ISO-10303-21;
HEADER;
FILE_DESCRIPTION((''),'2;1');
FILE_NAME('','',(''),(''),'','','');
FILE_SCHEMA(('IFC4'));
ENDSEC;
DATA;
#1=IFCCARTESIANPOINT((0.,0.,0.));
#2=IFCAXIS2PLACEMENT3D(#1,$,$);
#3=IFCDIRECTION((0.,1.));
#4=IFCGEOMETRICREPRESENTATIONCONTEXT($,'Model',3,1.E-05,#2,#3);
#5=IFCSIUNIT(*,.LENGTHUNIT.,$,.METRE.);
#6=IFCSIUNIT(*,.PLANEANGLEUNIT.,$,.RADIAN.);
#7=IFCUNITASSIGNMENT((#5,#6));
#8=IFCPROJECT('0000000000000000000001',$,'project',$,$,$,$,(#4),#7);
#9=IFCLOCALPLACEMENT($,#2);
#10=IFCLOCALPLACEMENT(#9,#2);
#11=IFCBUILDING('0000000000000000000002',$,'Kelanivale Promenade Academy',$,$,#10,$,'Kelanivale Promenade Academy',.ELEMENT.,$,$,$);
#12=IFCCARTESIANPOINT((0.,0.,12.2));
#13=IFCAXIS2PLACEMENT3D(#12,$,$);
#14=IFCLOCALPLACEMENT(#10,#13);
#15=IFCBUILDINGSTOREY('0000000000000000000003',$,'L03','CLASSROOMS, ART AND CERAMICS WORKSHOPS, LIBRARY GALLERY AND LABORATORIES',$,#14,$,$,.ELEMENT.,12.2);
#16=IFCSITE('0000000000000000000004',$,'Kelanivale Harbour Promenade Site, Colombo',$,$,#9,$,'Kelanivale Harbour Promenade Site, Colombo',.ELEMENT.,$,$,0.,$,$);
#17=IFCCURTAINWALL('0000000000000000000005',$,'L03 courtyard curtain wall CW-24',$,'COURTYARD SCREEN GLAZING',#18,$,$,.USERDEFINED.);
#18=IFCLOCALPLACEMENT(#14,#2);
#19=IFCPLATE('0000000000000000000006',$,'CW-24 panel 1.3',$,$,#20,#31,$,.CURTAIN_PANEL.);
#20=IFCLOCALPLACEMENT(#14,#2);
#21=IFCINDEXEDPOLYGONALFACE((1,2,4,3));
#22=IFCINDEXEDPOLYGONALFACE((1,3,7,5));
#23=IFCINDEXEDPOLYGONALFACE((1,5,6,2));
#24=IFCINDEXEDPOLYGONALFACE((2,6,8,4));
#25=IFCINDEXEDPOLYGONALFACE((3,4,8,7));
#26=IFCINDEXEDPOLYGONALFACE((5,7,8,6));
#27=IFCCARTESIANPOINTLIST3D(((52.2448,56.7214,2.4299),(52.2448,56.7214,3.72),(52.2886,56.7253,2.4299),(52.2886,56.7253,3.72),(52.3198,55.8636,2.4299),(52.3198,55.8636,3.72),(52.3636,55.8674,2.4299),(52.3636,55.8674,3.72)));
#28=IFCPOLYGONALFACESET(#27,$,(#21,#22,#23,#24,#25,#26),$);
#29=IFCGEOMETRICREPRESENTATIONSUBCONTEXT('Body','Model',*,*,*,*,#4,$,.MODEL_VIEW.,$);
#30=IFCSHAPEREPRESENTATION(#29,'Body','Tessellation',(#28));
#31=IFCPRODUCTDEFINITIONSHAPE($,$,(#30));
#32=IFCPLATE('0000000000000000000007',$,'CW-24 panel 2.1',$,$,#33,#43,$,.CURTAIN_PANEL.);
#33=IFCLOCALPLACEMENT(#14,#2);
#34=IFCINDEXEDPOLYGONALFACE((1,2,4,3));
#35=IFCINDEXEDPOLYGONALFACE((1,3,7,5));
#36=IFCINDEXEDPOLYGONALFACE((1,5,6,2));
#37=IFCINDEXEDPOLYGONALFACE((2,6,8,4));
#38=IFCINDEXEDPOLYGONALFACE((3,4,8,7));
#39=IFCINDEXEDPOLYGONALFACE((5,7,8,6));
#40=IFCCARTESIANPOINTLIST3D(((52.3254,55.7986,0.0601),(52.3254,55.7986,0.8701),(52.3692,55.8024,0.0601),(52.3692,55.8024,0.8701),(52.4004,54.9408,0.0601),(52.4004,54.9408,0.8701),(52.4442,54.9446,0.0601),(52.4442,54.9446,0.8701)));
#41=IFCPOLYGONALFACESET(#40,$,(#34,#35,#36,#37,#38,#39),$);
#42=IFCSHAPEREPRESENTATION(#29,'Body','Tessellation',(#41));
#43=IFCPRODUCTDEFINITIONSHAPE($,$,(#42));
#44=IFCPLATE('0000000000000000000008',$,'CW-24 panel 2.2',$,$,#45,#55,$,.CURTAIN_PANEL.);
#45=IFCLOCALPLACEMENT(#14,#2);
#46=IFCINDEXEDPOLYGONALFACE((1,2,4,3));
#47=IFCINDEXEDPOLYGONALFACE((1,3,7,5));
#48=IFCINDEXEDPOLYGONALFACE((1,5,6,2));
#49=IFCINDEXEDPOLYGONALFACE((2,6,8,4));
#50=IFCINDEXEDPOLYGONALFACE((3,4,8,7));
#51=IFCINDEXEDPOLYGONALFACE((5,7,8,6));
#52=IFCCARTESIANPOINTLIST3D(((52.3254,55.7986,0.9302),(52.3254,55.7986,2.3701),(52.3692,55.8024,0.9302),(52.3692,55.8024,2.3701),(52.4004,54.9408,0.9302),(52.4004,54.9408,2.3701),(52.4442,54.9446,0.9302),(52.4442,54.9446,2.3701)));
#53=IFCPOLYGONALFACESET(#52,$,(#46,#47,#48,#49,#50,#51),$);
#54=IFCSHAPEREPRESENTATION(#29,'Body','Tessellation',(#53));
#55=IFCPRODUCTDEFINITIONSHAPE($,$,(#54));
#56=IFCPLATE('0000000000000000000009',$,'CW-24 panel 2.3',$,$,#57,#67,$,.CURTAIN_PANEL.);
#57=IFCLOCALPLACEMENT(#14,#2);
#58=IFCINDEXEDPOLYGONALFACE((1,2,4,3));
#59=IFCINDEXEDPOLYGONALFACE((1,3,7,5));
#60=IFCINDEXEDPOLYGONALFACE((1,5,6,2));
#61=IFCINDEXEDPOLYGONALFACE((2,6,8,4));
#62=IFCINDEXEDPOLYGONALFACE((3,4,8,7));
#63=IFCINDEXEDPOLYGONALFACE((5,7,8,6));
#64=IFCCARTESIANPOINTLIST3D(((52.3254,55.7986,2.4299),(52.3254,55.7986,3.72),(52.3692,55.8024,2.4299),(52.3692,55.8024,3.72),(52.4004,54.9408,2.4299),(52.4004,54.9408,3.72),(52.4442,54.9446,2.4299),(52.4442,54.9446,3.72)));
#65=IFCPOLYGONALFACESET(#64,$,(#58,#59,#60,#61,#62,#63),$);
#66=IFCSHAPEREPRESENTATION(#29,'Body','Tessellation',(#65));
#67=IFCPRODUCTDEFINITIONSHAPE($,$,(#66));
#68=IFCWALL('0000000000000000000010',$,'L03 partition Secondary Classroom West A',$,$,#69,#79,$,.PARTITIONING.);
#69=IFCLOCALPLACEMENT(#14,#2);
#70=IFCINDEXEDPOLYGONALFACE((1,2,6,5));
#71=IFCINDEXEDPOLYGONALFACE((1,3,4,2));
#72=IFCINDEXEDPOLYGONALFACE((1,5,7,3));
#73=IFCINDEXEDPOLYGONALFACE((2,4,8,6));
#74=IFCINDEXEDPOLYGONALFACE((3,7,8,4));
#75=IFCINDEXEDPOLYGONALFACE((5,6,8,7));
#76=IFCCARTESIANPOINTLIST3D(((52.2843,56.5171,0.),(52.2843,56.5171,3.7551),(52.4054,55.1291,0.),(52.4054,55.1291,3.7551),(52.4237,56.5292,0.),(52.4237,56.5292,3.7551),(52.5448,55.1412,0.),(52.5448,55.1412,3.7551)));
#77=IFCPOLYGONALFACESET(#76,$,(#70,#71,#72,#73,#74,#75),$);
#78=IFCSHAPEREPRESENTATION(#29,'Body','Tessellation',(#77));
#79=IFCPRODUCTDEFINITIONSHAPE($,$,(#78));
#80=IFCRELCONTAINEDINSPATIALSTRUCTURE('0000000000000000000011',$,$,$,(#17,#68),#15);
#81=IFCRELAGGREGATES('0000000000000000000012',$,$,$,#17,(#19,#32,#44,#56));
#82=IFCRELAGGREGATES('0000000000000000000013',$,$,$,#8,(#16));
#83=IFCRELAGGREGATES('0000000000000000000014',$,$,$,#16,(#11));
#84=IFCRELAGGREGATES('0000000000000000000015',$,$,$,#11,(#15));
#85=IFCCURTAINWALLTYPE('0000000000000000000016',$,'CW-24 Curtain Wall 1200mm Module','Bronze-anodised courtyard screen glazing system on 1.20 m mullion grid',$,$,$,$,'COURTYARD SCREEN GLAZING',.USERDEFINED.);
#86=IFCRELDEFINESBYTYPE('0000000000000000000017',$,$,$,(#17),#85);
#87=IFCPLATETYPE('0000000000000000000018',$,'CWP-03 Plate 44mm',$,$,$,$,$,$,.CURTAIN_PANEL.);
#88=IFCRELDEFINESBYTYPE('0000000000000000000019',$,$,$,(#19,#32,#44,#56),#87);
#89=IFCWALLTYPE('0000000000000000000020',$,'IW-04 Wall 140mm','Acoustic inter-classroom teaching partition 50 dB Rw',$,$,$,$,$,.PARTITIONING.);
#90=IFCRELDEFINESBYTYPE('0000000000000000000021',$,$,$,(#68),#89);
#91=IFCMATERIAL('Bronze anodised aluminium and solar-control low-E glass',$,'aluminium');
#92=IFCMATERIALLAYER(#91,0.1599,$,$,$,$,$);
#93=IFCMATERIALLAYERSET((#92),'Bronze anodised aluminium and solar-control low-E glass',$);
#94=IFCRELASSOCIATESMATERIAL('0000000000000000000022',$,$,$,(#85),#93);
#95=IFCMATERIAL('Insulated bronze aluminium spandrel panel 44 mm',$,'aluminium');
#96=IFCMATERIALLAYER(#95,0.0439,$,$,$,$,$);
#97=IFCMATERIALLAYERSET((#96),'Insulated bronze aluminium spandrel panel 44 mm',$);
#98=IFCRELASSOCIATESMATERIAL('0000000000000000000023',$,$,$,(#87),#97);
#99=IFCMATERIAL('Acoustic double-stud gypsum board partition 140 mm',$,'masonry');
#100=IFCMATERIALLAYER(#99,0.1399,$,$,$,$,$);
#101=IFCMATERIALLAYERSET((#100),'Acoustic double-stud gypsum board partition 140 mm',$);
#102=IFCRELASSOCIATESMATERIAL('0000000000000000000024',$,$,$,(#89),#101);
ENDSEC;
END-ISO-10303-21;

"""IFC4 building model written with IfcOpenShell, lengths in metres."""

from ifc_helpers import new_model, si_unit, direction, frame, frame_2d, origin, origin_2d, place, context, subcontext, project, spatial, rectangle, extrude, material, layer, layer_set, type_object, element, aggregate, save


model = new_model("IFC4")

# Units and contexts
model_context = context("Model", 3, precision=1e-05, world=origin(), true_north=direction((0.0, 1.0)))
body_context = subcontext(model_context, "Body", "Model", "MODEL_VIEW")
ifc_project = project(units=[si_unit("LENGTHUNIT", "METRE"), si_unit("PLANEANGLEUNIT", "RADIAN")], contexts=[model_context])

# Site, building, storey
site_placement = place(None, origin())
site = spatial("IfcSite", under=ifc_project, at=site_placement, Name="Kelanivale Harbour Promenade Site, Colombo", LongName="Kelanivale Harbour Promenade Site, Colombo", CompositionType="ELEMENT", RefElevation=0.0)
building_placement = place(site_placement, origin())
building = spatial("IfcBuilding", under=site, at=building_placement, Name="Kelanivale Promenade Academy", LongName="Kelanivale Promenade Academy", CompositionType="ELEMENT")
storey_placement = place(building_placement, frame((0.0, 0.0, 12.2)))
storey = spatial("IfcBuildingStorey", under=building, at=storey_placement, Name="L03", Description="CLASSROOMS, ART AND CERAMICS WORKSHOPS, LIBRARY GALLERY AND LABORATORIES", CompositionType="ELEMENT", Elevation=12.2)

# Curtain wall
ifc_material_1 = material(Name="Bronze anodised aluminium and solar-control low-E glass", Category="aluminium")
ifc_layer_1 = layer(ifc_material_1, 0.1599)
ifc_layer_set_1 = layer_set([ifc_layer_1], Name="Bronze anodised aluminium and solar-control low-E glass")
curtain_wall_type_1 = type_object("IfcCurtainWallType", Name="CW-24 Curtain Wall 1200mm Module", Description="Bronze-anodised courtyard screen glazing system on 1.20 m mullion grid", ElementType="COURTYARD SCREEN GLAZING", PredefinedType="USERDEFINED", material=ifc_layer_set_1)
curtain_wall_1_placement = place(storey_placement, origin())
curtain_wall_1 = element("IfcCurtainWall", 1, at=curtain_wall_1_placement, inside=storey, type_object=curtain_wall_type_1, Name="L03 courtyard curtain wall CW-24", ObjectType="COURTYARD SCREEN GLAZING", PredefinedType="USERDEFINED")

# Plates
ifc_material_2 = material(Name="Insulated bronze aluminium spandrel panel 44 mm", Category="aluminium")
ifc_layer_2 = layer(ifc_material_2, 0.0439)
ifc_layer_set_2 = layer_set([ifc_layer_2], Name="Insulated bronze aluminium spandrel panel 44 mm")
plate_type_1 = type_object("IfcPlateType", Name="CWP-03 Plate 44mm", PredefinedType="CURTAIN_PANEL", material=ifc_layer_set_2)
plate_1_placement = place(storey_placement, frame((52.3042, 56.2944, 2.4299), z_axis=(0.0, 0.0, 1.0), x_axis=(0.087102, -0.996199, 0.0)))
plate_1 = element("IfcPlate", 2, at=plate_1_placement, type_object=plate_type_1, Name="CW-24 panel 1.3", PredefinedType="CURTAIN_PANEL", context=body_context, shape_type="SweptSolid", body=[
    extrude(rectangle(XDim=0.8611, YDim=0.0439, at=origin_2d()), origin(), (0.0, 0.0, 1.0), 1.29),
])
plate_2_placement = place(storey_placement, frame((52.3848, 55.3716, 0.0601), z_axis=(0.0, 0.0, 1.0), x_axis=(0.087102, -0.996199, 0.0)))
plate_2 = element("IfcPlate", 3, at=plate_2_placement, type_object=plate_type_1, Name="CW-24 panel 2.1", PredefinedType="CURTAIN_PANEL", context=body_context, shape_type="SweptSolid", body=[
    extrude(rectangle(XDim=0.8611, YDim=0.0439, at=origin_2d()), origin(), (0.0, 0.0, 1.0), 0.8101),
])
plate_3_placement = place(storey_placement, frame((52.3848, 55.3716, 0.9302), z_axis=(0.0, 0.0, 1.0), x_axis=(0.087102, -0.996199, 0.0)))
plate_3 = element("IfcPlate", 4, at=plate_3_placement, type_object=plate_type_1, Name="CW-24 panel 2.2", PredefinedType="CURTAIN_PANEL", context=body_context, shape_type="SweptSolid", body=[
    extrude(rectangle(XDim=0.8611, YDim=0.0439, at=origin_2d()), origin(), (0.0, 0.0, 1.0), 1.4399),
])
plate_4_placement = place(storey_placement, frame((52.3848, 55.3716, 2.4299), z_axis=(0.0, 0.0, 1.0), x_axis=(0.087102, -0.996199, 0.0)))
plate_4 = element("IfcPlate", 5, at=plate_4_placement, type_object=plate_type_1, Name="CW-24 panel 2.3", PredefinedType="CURTAIN_PANEL", context=body_context, shape_type="SweptSolid", body=[
    extrude(rectangle(XDim=0.8611, YDim=0.0439, at=origin_2d()), origin(), (0.0, 0.0, 1.0), 1.29),
])
aggregate(curtain_wall_1, [plate_1, plate_2, plate_3, plate_4])

# Wall
ifc_material_3 = material(Name="Acoustic double-stud gypsum board partition 140 mm", Category="masonry")
ifc_layer_3 = layer(ifc_material_3, 0.1399)
ifc_layer_set_3 = layer_set([ifc_layer_3], Name="Acoustic double-stud gypsum board partition 140 mm")
wall_type = type_object("IfcWallType", Name="IW-04 Wall 140mm", Description="Acoustic inter-classroom teaching partition 50 dB Rw", PredefinedType="PARTITIONING", material=ifc_layer_set_3)
wall_placement = place(storey_placement, frame((52.4751, 55.135, 0.0), z_axis=(0.0, 0.0, 1.0), x_axis=(-0.086917, 0.996216, 0.0)))
element("IfcWall", 6, at=wall_placement, inside=storey, type_object=wall_type, Name="L03 partition Secondary Classroom West A", PredefinedType="PARTITIONING", context=body_context, shape_type="SweptSolid", body=[
    extrude(rectangle(XDim=1.3933, YDim=0.1399, at=frame_2d((0.6968, 0.0))), origin(), (0.0, 0.0, 1.0), 3.7551),
])

save(model, "model.ifc")
